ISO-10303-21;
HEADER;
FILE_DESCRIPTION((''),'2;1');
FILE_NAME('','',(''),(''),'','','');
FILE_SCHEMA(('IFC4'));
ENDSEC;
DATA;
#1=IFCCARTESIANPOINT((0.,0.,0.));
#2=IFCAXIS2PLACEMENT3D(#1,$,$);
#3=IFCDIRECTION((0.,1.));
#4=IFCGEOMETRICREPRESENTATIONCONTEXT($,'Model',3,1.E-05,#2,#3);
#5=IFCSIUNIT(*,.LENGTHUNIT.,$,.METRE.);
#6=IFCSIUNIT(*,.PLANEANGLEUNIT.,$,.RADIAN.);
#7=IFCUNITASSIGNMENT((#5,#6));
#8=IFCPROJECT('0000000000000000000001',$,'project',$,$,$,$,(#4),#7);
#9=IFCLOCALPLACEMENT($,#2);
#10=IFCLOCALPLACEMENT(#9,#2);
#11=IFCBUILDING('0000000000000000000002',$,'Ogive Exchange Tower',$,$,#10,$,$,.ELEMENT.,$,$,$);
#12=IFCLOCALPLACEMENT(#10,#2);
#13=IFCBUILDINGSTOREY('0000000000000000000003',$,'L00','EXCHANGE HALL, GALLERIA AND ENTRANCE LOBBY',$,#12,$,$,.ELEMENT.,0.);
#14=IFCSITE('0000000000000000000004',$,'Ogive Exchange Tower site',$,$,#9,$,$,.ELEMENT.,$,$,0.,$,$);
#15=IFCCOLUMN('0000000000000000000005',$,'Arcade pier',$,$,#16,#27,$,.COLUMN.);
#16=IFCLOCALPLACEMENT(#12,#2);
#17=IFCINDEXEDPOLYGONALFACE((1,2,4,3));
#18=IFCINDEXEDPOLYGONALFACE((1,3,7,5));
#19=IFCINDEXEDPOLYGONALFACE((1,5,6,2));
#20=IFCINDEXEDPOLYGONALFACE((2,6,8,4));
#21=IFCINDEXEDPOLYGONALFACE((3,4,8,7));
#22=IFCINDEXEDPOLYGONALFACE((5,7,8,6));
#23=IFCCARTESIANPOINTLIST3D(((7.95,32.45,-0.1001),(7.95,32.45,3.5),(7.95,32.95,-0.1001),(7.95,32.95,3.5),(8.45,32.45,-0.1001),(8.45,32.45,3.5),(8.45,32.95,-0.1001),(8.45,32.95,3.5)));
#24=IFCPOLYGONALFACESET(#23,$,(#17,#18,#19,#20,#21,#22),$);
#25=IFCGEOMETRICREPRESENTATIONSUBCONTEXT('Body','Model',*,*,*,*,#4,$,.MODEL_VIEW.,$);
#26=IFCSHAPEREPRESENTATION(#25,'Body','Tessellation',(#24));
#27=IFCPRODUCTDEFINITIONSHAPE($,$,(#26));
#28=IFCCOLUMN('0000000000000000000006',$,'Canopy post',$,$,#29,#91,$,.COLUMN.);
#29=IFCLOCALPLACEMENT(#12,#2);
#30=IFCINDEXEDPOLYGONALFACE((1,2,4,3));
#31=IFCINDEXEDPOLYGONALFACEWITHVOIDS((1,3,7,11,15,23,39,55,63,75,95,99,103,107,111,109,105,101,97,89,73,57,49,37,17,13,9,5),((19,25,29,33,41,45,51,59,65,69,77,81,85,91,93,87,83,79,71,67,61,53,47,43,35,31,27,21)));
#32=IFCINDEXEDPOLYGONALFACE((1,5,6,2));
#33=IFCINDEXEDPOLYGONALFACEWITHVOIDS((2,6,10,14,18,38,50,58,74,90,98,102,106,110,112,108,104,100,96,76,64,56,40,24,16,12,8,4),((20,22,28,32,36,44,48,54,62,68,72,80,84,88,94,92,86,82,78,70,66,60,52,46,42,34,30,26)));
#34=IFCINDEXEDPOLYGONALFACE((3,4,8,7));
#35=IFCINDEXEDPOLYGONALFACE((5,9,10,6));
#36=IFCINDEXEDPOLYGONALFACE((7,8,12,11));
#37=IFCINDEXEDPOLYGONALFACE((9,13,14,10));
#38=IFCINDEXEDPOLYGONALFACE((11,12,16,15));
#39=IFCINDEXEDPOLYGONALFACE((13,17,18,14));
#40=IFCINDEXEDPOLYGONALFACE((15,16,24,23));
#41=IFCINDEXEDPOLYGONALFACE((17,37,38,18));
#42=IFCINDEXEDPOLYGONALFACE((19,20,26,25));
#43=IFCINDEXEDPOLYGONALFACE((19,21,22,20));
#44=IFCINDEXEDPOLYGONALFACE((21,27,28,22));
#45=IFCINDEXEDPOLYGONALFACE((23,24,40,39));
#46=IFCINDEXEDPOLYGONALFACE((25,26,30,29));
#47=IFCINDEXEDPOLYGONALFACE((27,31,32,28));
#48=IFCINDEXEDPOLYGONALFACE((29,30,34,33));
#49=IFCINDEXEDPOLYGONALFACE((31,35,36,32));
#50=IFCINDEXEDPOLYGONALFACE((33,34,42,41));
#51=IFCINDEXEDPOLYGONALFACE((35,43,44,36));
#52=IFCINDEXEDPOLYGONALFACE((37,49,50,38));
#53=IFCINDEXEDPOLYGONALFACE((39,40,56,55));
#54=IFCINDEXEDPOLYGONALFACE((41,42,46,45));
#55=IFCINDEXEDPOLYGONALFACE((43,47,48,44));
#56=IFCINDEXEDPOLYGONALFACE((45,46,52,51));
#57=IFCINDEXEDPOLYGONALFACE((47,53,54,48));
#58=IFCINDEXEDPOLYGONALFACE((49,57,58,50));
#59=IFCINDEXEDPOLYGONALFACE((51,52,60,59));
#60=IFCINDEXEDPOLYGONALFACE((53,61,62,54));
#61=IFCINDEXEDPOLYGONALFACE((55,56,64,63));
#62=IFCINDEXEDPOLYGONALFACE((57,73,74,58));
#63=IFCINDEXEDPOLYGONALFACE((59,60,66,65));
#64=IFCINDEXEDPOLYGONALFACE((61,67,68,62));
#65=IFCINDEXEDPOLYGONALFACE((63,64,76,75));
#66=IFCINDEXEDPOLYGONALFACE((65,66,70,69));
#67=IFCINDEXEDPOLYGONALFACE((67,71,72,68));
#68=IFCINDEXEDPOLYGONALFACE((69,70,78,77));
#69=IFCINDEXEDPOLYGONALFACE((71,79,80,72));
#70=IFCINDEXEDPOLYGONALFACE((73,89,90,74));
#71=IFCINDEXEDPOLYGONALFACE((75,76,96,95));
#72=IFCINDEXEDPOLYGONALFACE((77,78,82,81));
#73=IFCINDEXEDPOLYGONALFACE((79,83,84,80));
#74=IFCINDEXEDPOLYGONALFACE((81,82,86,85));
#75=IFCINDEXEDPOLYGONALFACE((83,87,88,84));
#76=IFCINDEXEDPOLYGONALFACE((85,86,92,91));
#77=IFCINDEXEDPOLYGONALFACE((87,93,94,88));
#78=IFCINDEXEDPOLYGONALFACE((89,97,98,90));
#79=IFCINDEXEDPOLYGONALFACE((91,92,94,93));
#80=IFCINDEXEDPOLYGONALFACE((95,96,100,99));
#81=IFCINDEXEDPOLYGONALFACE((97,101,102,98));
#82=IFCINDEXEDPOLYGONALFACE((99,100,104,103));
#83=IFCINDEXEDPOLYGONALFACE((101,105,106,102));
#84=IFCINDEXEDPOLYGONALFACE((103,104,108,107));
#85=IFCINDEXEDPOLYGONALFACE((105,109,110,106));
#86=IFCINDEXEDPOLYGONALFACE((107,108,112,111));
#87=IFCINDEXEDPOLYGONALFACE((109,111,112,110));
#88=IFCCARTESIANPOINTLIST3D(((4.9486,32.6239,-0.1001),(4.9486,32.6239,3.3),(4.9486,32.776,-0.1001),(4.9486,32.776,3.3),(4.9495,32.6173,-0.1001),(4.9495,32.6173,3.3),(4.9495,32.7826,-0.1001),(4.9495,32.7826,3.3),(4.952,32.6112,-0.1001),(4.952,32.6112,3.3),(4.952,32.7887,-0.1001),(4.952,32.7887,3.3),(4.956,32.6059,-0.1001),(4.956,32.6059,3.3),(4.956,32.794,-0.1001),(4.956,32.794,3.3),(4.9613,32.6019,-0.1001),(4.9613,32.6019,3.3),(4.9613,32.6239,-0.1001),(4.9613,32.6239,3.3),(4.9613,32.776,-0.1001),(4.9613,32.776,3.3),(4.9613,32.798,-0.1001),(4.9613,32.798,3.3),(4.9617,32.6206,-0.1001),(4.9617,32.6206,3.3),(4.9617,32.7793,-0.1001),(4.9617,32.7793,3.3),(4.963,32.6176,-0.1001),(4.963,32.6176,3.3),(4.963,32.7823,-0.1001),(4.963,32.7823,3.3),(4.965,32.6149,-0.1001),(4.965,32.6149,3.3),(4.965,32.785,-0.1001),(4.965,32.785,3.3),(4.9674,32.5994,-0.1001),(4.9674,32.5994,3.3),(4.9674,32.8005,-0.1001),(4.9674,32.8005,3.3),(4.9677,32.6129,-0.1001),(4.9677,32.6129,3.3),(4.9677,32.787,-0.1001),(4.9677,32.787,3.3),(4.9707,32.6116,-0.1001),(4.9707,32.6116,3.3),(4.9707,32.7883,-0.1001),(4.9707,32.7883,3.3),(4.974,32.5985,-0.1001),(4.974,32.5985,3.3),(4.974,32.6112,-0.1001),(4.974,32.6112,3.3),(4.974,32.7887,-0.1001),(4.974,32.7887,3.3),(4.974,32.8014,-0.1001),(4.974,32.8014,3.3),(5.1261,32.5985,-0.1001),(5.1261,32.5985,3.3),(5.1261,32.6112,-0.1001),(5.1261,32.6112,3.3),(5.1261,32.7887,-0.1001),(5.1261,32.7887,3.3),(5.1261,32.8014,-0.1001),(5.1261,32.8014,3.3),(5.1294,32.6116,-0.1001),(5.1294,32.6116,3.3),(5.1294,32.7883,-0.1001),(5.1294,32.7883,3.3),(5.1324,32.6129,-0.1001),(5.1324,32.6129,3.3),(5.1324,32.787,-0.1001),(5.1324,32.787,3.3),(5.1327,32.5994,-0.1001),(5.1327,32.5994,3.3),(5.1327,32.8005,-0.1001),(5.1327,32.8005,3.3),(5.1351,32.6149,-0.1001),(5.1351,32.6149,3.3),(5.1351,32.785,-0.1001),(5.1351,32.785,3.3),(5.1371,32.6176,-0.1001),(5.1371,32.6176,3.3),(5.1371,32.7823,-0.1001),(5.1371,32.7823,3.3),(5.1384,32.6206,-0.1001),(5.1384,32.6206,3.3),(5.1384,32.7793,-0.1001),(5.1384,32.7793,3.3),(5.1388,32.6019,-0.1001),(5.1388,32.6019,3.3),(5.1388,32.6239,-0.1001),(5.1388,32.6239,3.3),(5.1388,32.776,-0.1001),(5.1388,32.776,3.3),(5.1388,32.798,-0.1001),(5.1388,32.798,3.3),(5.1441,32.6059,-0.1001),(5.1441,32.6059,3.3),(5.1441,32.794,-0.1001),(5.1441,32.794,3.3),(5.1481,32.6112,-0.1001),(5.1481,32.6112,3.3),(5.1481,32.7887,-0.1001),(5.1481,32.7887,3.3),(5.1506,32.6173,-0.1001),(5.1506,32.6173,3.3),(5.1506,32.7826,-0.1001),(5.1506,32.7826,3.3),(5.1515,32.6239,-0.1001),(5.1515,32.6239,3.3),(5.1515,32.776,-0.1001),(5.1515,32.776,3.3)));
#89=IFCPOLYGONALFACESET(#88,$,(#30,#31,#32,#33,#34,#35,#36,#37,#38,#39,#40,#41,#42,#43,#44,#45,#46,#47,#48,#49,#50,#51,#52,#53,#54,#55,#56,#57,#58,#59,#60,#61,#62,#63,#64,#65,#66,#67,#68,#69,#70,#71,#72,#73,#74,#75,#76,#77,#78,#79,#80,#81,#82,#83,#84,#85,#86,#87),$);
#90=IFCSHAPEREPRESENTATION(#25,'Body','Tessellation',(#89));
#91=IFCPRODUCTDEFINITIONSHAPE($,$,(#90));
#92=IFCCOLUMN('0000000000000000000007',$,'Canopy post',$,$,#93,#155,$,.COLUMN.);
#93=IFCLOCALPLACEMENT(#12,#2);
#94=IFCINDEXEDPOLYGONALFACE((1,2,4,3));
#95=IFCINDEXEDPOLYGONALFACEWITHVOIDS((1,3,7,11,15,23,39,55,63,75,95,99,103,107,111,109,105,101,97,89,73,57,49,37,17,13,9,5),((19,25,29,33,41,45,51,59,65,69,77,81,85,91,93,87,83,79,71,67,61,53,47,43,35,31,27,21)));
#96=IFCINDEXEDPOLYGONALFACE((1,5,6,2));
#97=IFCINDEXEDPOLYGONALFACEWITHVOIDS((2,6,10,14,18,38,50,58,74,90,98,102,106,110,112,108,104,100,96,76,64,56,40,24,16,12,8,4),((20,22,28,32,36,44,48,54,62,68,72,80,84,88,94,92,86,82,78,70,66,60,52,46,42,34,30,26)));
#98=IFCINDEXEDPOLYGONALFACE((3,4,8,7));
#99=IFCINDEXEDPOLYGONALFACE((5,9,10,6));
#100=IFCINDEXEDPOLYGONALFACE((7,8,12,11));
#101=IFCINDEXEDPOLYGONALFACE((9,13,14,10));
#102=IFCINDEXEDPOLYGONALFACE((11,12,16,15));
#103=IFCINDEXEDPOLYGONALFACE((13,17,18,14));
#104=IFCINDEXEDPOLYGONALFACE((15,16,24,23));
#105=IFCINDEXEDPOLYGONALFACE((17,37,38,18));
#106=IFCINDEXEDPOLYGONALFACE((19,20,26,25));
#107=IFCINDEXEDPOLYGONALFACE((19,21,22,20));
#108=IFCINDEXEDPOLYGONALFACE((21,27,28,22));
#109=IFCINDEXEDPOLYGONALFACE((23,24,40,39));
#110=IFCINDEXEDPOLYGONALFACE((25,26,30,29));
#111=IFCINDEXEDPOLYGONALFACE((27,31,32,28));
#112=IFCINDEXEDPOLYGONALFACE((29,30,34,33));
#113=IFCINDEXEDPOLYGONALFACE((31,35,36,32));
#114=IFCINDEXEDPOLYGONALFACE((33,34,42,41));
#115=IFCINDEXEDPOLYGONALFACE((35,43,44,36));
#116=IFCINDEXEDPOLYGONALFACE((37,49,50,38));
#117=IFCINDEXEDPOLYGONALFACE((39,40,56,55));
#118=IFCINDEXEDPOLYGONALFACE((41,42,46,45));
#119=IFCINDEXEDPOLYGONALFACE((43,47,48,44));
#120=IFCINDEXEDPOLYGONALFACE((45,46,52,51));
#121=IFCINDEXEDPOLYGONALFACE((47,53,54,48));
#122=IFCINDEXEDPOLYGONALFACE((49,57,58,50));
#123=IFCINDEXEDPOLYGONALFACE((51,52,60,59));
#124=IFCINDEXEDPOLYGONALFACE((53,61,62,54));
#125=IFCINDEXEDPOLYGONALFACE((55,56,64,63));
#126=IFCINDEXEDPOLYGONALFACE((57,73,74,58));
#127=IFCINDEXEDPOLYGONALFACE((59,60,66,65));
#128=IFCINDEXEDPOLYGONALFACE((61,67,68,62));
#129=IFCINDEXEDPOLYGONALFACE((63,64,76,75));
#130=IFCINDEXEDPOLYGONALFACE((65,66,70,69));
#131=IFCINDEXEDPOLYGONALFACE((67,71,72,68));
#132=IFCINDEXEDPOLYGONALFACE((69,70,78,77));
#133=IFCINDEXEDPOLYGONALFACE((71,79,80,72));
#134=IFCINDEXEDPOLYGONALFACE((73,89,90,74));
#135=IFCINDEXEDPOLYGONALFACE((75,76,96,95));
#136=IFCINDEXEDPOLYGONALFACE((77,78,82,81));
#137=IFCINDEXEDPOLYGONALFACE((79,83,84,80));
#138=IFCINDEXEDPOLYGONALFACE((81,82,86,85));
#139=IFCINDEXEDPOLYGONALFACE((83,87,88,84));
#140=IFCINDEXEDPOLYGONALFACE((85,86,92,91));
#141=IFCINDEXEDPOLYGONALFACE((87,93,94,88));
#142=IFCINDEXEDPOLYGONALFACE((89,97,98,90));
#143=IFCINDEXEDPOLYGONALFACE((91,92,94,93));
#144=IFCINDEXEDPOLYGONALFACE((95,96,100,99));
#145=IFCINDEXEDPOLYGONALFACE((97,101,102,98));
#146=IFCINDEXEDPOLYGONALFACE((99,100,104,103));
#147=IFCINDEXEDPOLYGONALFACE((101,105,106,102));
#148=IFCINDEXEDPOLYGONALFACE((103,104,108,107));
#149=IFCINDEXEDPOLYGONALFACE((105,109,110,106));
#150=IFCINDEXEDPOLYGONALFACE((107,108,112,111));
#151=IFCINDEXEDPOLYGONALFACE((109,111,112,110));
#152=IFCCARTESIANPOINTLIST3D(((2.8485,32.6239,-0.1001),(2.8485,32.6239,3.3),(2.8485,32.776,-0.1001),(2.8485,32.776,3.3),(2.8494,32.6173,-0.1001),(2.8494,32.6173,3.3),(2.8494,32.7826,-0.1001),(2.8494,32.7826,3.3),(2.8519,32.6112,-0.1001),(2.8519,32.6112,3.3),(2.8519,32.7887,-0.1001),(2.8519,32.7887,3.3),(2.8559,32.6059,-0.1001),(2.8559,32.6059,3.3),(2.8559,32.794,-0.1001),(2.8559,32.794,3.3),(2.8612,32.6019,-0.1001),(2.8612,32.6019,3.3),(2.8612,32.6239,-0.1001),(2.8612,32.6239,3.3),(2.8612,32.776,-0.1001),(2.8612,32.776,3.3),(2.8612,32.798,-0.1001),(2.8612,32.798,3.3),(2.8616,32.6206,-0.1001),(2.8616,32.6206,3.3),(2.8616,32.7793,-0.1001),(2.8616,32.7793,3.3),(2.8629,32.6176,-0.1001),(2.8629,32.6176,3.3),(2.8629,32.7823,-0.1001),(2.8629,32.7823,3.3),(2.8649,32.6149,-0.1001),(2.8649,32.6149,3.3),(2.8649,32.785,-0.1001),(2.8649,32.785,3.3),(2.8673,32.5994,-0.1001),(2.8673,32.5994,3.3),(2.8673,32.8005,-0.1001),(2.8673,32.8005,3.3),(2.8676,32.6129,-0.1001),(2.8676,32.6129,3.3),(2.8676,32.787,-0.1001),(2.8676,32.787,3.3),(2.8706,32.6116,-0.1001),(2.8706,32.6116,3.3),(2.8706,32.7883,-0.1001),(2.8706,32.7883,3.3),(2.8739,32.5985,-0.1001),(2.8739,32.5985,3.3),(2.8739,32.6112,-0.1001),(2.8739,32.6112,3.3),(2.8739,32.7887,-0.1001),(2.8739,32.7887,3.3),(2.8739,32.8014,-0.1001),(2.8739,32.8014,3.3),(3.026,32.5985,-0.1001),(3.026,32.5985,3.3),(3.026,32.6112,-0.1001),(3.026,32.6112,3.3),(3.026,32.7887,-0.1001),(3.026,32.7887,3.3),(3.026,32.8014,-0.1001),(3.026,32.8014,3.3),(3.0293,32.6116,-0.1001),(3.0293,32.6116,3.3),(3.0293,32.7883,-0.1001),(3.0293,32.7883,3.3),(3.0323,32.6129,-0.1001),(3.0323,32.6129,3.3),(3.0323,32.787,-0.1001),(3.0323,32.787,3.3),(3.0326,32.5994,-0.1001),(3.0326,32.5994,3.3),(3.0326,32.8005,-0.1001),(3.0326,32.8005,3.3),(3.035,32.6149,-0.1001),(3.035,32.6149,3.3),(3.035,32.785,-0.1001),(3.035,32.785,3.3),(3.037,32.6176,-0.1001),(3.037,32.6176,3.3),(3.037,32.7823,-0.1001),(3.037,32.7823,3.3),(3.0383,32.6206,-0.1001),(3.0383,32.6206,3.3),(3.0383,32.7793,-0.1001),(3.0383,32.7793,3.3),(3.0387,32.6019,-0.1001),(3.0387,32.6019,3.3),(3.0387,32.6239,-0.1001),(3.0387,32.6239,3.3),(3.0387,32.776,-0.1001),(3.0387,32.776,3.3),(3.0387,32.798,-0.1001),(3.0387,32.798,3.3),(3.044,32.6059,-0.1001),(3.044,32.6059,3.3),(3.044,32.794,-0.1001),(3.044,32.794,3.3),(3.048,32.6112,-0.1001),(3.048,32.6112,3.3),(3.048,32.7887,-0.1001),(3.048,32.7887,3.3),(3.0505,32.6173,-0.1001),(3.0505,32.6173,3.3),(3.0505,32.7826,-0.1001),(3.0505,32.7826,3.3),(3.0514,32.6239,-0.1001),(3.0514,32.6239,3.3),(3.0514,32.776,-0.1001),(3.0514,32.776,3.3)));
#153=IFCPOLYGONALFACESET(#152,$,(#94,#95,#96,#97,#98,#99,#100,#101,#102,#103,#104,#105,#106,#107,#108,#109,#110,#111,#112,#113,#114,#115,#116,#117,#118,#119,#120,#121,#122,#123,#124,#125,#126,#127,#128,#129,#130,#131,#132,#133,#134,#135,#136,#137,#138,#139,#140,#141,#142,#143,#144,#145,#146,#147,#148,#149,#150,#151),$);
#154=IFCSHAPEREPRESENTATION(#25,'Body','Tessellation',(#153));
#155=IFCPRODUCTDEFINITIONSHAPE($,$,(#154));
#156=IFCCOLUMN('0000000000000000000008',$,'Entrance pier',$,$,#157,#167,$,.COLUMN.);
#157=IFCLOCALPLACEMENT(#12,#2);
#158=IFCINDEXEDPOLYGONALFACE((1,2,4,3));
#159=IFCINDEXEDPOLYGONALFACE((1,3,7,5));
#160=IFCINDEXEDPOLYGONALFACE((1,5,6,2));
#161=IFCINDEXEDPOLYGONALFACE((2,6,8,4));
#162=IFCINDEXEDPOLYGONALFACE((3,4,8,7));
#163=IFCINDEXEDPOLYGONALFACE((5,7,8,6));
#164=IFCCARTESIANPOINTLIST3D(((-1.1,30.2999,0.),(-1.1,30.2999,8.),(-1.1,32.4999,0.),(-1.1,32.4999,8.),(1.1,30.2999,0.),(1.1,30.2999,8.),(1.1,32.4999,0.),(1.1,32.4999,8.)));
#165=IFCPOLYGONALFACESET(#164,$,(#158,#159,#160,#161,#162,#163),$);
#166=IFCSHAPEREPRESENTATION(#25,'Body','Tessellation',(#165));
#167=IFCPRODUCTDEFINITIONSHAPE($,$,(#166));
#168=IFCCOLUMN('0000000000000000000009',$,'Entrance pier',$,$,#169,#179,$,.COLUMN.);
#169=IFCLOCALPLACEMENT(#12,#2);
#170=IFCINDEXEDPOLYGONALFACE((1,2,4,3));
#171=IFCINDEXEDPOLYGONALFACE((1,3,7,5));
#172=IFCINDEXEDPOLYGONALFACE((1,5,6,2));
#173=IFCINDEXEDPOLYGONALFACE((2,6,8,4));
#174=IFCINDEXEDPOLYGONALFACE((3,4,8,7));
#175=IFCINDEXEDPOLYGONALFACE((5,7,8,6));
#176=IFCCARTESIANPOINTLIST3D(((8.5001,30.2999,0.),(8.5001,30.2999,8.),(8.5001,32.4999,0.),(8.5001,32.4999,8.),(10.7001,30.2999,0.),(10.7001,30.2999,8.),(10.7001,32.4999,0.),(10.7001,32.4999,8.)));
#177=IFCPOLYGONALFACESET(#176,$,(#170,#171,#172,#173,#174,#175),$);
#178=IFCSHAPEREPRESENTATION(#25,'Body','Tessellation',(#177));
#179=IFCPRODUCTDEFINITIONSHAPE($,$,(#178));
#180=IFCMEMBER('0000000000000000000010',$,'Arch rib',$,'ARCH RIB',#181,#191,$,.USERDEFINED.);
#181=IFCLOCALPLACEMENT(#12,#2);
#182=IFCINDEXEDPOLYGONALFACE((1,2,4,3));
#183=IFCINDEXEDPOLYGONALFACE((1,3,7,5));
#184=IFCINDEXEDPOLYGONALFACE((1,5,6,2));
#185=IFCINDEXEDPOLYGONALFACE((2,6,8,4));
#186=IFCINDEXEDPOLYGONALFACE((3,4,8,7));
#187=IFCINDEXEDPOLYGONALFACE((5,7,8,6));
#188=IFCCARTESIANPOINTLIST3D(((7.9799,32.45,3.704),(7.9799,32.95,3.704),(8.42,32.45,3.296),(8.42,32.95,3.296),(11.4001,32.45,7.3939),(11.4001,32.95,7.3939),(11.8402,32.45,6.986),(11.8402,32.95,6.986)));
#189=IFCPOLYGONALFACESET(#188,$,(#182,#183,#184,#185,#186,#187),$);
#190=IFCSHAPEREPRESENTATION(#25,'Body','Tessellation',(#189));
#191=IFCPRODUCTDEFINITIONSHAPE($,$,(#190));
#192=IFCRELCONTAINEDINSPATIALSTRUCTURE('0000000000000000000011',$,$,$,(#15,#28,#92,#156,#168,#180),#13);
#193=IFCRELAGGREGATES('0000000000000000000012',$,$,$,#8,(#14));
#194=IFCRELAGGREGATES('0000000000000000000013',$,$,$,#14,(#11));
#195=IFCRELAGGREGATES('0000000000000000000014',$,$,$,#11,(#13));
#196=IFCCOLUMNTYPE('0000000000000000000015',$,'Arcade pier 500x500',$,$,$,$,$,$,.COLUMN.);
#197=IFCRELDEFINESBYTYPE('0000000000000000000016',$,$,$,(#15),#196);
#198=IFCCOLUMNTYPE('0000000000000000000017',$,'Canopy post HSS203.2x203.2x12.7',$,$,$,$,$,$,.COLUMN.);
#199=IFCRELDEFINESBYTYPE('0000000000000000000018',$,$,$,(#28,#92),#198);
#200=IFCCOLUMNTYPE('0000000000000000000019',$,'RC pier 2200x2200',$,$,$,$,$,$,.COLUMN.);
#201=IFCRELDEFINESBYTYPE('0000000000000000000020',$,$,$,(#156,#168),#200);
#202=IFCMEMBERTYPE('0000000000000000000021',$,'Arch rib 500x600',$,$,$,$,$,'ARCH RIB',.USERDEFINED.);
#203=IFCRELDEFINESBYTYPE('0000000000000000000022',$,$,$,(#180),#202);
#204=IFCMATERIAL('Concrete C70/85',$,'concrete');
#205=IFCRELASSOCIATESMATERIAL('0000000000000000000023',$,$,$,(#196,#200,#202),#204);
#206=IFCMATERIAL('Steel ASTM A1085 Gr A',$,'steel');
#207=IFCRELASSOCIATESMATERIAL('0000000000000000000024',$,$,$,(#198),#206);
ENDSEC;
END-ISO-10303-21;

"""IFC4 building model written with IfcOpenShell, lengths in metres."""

from ifc_helpers import new_model, si_unit, direction, frame, origin, origin_2d, place, context, subcontext, project, spatial, rectangle, hollow_rectangle, extrude, material, material_profile, profile_set, type_object, element, save


model = new_model("IFC4")

# Units and contexts
model_context = context("Model", 3, precision=1e-05, world=origin(), true_north=direction((0.0, 1.0)))
body_context = subcontext(model_context, "Body", "Model", "MODEL_VIEW")
ifc_project = project(units=[si_unit("LENGTHUNIT", "METRE"), si_unit("PLANEANGLEUNIT", "RADIAN")], contexts=[model_context])

# Site, building, storey
site_placement = place(None, origin())
site = spatial("IfcSite", under=ifc_project, at=site_placement, Name="Ogive Exchange Tower site", CompositionType="ELEMENT", RefElevation=0.0)
building_placement = place(site_placement, origin())
building = spatial("IfcBuilding", under=site, at=building_placement, Name="Ogive Exchange Tower", CompositionType="ELEMENT")
storey_placement = place(building_placement, origin())
storey = spatial("IfcBuildingStorey", under=building, at=storey_placement, Name="L00", Description="EXCHANGE HALL, GALLERIA AND ENTRANCE LOBBY", CompositionType="ELEMENT", Elevation=0.0)

# Columns
ifc_material_1 = material(Name="Concrete C70/85", Category="concrete")
ifc_material_profile_1 = material_profile(ifc_material_1, rectangle(XDim=0.5, YDim=0.5, at=origin_2d()), Name="RC 500x500")
ifc_profile_set_1 = profile_set([ifc_material_profile_1], Name="Concrete C70/85")
column_type_1 = type_object("IfcColumnType", Name="Arcade pier 500x500", PredefinedType="COLUMN", material=ifc_profile_set_1)
column_placement = place(storey_placement, frame((8.2, 32.7, -0.1001), z_axis=(0.0, 0.0, 1.0), x_axis=(1.0, 0.0, 0.0)))
element("IfcColumn", 1, at=column_placement, inside=storey, type_object=column_type_1, Name="Arcade pier", PredefinedType="COLUMN", context=body_context, shape_type="SweptSolid", body=[
    extrude(rectangle(XDim=0.5, YDim=0.5, at=origin_2d()), origin(), (0.0, 0.0, 1.0), 3.6001),
])
ifc_material_2 = material(Name="Steel ASTM A1085 Gr A", Category="steel")
ifc_material_profile_2 = material_profile(ifc_material_2, hollow_rectangle(XDim=0.2029, YDim=0.2029, WallThickness=0.0127, InnerFilletRadius=0.0127, OuterFilletRadius=0.0254, at=origin_2d()), Name="HSS203.2x203.2x12.7")
ifc_profile_set_2 = profile_set([ifc_material_profile_2], Name="Steel ASTM A1085 Gr A")
column_type_2 = type_object("IfcColumnType", Name="Canopy post HSS203.2x203.2x12.7", PredefinedType="COLUMN", material=ifc_profile_set_2)
for number, where, z_axis, x_axis, name in (
    (2, (5.05, 32.7, -0.1001), (0.0, 0.0, 1.0), (-1.0, 0.0, 0.0), "Canopy post"),
    (3, (2.95, 32.7, -0.1001), (0.0, 0.0, 1.0), (-1.0, 0.0, 0.0), "Canopy post"),
):
    element("IfcColumn", number, at=place(storey_placement, frame(where, z_axis=z_axis, x_axis=x_axis)), inside=storey, type_object=column_type_2, Name=name, PredefinedType="COLUMN", context=body_context, shape_type="SweptSolid", body=[
        extrude(hollow_rectangle(XDim=0.2029, YDim=0.2029, WallThickness=0.0127, InnerFilletRadius=0.0127, OuterFilletRadius=0.0254, at=origin_2d()), origin(), (0.0, 0.0, 1.0), 3.4001),
    ])
ifc_material_profile_3 = material_profile(ifc_material_1, rectangle(XDim=2.2, YDim=2.2, at=origin_2d()), Name="RC 2200x2200")
ifc_profile_set_3 = profile_set([ifc_material_profile_3], Name="Concrete C70/85")
column_type_3 = type_object("IfcColumnType", Name="RC pier 2200x2200", PredefinedType="COLUMN", material=ifc_profile_set_3)
for number, where, z_axis, x_axis, name in (
    (4, (0.0, 31.3999, 0.0), (0.0, 0.0, 1.0), (1.0, 0.0, 0.0), "Entrance pier"),
    (5, (9.6001, 31.3999, 0.0), (0.0, 0.0, 1.0), (1.0, 0.0, 0.0), "Entrance pier"),
):
    element("IfcColumn", number, at=place(storey_placement, frame(where, z_axis=z_axis, x_axis=x_axis)), inside=storey, type_object=column_type_3, Name=name, PredefinedType="COLUMN", context=body_context, shape_type="SweptSolid", body=[
        extrude(rectangle(XDim=2.2, YDim=2.2, at=origin_2d()), origin(), (0.0, 0.0, 1.0), 8.0),
    ])

# Member
ifc_material_profile_4 = material_profile(ifc_material_1, rectangle(XDim=0.5, YDim=0.6001, at=origin_2d()), Name="PC 500x600")
ifc_profile_set_4 = profile_set([ifc_material_profile_4], Name="Concrete C70/85")
member_type_1 = type_object("IfcMemberType", Name="Arch rib 500x600", ElementType="ARCH RIB", PredefinedType="USERDEFINED", material=ifc_profile_set_4)
member_1_placement = place(storey_placement, frame((8.2, 32.7, 3.5), z_axis=(0.679788, 0.0, 0.733408), x_axis=(0.0, 1.0, 0.0)))
element("IfcMember", 6, at=member_1_placement, inside=storey, type_object=member_type_1, Name="Arch rib", ObjectType="ARCH RIB", PredefinedType="USERDEFINED", context=body_context, shape_type="SweptSolid", body=[
    extrude(rectangle(XDim=0.5, YDim=0.6001, at=origin_2d()), origin(), (0.0, 0.0, 1.0), 5.0312),
])

save(model, "model.ifc")
